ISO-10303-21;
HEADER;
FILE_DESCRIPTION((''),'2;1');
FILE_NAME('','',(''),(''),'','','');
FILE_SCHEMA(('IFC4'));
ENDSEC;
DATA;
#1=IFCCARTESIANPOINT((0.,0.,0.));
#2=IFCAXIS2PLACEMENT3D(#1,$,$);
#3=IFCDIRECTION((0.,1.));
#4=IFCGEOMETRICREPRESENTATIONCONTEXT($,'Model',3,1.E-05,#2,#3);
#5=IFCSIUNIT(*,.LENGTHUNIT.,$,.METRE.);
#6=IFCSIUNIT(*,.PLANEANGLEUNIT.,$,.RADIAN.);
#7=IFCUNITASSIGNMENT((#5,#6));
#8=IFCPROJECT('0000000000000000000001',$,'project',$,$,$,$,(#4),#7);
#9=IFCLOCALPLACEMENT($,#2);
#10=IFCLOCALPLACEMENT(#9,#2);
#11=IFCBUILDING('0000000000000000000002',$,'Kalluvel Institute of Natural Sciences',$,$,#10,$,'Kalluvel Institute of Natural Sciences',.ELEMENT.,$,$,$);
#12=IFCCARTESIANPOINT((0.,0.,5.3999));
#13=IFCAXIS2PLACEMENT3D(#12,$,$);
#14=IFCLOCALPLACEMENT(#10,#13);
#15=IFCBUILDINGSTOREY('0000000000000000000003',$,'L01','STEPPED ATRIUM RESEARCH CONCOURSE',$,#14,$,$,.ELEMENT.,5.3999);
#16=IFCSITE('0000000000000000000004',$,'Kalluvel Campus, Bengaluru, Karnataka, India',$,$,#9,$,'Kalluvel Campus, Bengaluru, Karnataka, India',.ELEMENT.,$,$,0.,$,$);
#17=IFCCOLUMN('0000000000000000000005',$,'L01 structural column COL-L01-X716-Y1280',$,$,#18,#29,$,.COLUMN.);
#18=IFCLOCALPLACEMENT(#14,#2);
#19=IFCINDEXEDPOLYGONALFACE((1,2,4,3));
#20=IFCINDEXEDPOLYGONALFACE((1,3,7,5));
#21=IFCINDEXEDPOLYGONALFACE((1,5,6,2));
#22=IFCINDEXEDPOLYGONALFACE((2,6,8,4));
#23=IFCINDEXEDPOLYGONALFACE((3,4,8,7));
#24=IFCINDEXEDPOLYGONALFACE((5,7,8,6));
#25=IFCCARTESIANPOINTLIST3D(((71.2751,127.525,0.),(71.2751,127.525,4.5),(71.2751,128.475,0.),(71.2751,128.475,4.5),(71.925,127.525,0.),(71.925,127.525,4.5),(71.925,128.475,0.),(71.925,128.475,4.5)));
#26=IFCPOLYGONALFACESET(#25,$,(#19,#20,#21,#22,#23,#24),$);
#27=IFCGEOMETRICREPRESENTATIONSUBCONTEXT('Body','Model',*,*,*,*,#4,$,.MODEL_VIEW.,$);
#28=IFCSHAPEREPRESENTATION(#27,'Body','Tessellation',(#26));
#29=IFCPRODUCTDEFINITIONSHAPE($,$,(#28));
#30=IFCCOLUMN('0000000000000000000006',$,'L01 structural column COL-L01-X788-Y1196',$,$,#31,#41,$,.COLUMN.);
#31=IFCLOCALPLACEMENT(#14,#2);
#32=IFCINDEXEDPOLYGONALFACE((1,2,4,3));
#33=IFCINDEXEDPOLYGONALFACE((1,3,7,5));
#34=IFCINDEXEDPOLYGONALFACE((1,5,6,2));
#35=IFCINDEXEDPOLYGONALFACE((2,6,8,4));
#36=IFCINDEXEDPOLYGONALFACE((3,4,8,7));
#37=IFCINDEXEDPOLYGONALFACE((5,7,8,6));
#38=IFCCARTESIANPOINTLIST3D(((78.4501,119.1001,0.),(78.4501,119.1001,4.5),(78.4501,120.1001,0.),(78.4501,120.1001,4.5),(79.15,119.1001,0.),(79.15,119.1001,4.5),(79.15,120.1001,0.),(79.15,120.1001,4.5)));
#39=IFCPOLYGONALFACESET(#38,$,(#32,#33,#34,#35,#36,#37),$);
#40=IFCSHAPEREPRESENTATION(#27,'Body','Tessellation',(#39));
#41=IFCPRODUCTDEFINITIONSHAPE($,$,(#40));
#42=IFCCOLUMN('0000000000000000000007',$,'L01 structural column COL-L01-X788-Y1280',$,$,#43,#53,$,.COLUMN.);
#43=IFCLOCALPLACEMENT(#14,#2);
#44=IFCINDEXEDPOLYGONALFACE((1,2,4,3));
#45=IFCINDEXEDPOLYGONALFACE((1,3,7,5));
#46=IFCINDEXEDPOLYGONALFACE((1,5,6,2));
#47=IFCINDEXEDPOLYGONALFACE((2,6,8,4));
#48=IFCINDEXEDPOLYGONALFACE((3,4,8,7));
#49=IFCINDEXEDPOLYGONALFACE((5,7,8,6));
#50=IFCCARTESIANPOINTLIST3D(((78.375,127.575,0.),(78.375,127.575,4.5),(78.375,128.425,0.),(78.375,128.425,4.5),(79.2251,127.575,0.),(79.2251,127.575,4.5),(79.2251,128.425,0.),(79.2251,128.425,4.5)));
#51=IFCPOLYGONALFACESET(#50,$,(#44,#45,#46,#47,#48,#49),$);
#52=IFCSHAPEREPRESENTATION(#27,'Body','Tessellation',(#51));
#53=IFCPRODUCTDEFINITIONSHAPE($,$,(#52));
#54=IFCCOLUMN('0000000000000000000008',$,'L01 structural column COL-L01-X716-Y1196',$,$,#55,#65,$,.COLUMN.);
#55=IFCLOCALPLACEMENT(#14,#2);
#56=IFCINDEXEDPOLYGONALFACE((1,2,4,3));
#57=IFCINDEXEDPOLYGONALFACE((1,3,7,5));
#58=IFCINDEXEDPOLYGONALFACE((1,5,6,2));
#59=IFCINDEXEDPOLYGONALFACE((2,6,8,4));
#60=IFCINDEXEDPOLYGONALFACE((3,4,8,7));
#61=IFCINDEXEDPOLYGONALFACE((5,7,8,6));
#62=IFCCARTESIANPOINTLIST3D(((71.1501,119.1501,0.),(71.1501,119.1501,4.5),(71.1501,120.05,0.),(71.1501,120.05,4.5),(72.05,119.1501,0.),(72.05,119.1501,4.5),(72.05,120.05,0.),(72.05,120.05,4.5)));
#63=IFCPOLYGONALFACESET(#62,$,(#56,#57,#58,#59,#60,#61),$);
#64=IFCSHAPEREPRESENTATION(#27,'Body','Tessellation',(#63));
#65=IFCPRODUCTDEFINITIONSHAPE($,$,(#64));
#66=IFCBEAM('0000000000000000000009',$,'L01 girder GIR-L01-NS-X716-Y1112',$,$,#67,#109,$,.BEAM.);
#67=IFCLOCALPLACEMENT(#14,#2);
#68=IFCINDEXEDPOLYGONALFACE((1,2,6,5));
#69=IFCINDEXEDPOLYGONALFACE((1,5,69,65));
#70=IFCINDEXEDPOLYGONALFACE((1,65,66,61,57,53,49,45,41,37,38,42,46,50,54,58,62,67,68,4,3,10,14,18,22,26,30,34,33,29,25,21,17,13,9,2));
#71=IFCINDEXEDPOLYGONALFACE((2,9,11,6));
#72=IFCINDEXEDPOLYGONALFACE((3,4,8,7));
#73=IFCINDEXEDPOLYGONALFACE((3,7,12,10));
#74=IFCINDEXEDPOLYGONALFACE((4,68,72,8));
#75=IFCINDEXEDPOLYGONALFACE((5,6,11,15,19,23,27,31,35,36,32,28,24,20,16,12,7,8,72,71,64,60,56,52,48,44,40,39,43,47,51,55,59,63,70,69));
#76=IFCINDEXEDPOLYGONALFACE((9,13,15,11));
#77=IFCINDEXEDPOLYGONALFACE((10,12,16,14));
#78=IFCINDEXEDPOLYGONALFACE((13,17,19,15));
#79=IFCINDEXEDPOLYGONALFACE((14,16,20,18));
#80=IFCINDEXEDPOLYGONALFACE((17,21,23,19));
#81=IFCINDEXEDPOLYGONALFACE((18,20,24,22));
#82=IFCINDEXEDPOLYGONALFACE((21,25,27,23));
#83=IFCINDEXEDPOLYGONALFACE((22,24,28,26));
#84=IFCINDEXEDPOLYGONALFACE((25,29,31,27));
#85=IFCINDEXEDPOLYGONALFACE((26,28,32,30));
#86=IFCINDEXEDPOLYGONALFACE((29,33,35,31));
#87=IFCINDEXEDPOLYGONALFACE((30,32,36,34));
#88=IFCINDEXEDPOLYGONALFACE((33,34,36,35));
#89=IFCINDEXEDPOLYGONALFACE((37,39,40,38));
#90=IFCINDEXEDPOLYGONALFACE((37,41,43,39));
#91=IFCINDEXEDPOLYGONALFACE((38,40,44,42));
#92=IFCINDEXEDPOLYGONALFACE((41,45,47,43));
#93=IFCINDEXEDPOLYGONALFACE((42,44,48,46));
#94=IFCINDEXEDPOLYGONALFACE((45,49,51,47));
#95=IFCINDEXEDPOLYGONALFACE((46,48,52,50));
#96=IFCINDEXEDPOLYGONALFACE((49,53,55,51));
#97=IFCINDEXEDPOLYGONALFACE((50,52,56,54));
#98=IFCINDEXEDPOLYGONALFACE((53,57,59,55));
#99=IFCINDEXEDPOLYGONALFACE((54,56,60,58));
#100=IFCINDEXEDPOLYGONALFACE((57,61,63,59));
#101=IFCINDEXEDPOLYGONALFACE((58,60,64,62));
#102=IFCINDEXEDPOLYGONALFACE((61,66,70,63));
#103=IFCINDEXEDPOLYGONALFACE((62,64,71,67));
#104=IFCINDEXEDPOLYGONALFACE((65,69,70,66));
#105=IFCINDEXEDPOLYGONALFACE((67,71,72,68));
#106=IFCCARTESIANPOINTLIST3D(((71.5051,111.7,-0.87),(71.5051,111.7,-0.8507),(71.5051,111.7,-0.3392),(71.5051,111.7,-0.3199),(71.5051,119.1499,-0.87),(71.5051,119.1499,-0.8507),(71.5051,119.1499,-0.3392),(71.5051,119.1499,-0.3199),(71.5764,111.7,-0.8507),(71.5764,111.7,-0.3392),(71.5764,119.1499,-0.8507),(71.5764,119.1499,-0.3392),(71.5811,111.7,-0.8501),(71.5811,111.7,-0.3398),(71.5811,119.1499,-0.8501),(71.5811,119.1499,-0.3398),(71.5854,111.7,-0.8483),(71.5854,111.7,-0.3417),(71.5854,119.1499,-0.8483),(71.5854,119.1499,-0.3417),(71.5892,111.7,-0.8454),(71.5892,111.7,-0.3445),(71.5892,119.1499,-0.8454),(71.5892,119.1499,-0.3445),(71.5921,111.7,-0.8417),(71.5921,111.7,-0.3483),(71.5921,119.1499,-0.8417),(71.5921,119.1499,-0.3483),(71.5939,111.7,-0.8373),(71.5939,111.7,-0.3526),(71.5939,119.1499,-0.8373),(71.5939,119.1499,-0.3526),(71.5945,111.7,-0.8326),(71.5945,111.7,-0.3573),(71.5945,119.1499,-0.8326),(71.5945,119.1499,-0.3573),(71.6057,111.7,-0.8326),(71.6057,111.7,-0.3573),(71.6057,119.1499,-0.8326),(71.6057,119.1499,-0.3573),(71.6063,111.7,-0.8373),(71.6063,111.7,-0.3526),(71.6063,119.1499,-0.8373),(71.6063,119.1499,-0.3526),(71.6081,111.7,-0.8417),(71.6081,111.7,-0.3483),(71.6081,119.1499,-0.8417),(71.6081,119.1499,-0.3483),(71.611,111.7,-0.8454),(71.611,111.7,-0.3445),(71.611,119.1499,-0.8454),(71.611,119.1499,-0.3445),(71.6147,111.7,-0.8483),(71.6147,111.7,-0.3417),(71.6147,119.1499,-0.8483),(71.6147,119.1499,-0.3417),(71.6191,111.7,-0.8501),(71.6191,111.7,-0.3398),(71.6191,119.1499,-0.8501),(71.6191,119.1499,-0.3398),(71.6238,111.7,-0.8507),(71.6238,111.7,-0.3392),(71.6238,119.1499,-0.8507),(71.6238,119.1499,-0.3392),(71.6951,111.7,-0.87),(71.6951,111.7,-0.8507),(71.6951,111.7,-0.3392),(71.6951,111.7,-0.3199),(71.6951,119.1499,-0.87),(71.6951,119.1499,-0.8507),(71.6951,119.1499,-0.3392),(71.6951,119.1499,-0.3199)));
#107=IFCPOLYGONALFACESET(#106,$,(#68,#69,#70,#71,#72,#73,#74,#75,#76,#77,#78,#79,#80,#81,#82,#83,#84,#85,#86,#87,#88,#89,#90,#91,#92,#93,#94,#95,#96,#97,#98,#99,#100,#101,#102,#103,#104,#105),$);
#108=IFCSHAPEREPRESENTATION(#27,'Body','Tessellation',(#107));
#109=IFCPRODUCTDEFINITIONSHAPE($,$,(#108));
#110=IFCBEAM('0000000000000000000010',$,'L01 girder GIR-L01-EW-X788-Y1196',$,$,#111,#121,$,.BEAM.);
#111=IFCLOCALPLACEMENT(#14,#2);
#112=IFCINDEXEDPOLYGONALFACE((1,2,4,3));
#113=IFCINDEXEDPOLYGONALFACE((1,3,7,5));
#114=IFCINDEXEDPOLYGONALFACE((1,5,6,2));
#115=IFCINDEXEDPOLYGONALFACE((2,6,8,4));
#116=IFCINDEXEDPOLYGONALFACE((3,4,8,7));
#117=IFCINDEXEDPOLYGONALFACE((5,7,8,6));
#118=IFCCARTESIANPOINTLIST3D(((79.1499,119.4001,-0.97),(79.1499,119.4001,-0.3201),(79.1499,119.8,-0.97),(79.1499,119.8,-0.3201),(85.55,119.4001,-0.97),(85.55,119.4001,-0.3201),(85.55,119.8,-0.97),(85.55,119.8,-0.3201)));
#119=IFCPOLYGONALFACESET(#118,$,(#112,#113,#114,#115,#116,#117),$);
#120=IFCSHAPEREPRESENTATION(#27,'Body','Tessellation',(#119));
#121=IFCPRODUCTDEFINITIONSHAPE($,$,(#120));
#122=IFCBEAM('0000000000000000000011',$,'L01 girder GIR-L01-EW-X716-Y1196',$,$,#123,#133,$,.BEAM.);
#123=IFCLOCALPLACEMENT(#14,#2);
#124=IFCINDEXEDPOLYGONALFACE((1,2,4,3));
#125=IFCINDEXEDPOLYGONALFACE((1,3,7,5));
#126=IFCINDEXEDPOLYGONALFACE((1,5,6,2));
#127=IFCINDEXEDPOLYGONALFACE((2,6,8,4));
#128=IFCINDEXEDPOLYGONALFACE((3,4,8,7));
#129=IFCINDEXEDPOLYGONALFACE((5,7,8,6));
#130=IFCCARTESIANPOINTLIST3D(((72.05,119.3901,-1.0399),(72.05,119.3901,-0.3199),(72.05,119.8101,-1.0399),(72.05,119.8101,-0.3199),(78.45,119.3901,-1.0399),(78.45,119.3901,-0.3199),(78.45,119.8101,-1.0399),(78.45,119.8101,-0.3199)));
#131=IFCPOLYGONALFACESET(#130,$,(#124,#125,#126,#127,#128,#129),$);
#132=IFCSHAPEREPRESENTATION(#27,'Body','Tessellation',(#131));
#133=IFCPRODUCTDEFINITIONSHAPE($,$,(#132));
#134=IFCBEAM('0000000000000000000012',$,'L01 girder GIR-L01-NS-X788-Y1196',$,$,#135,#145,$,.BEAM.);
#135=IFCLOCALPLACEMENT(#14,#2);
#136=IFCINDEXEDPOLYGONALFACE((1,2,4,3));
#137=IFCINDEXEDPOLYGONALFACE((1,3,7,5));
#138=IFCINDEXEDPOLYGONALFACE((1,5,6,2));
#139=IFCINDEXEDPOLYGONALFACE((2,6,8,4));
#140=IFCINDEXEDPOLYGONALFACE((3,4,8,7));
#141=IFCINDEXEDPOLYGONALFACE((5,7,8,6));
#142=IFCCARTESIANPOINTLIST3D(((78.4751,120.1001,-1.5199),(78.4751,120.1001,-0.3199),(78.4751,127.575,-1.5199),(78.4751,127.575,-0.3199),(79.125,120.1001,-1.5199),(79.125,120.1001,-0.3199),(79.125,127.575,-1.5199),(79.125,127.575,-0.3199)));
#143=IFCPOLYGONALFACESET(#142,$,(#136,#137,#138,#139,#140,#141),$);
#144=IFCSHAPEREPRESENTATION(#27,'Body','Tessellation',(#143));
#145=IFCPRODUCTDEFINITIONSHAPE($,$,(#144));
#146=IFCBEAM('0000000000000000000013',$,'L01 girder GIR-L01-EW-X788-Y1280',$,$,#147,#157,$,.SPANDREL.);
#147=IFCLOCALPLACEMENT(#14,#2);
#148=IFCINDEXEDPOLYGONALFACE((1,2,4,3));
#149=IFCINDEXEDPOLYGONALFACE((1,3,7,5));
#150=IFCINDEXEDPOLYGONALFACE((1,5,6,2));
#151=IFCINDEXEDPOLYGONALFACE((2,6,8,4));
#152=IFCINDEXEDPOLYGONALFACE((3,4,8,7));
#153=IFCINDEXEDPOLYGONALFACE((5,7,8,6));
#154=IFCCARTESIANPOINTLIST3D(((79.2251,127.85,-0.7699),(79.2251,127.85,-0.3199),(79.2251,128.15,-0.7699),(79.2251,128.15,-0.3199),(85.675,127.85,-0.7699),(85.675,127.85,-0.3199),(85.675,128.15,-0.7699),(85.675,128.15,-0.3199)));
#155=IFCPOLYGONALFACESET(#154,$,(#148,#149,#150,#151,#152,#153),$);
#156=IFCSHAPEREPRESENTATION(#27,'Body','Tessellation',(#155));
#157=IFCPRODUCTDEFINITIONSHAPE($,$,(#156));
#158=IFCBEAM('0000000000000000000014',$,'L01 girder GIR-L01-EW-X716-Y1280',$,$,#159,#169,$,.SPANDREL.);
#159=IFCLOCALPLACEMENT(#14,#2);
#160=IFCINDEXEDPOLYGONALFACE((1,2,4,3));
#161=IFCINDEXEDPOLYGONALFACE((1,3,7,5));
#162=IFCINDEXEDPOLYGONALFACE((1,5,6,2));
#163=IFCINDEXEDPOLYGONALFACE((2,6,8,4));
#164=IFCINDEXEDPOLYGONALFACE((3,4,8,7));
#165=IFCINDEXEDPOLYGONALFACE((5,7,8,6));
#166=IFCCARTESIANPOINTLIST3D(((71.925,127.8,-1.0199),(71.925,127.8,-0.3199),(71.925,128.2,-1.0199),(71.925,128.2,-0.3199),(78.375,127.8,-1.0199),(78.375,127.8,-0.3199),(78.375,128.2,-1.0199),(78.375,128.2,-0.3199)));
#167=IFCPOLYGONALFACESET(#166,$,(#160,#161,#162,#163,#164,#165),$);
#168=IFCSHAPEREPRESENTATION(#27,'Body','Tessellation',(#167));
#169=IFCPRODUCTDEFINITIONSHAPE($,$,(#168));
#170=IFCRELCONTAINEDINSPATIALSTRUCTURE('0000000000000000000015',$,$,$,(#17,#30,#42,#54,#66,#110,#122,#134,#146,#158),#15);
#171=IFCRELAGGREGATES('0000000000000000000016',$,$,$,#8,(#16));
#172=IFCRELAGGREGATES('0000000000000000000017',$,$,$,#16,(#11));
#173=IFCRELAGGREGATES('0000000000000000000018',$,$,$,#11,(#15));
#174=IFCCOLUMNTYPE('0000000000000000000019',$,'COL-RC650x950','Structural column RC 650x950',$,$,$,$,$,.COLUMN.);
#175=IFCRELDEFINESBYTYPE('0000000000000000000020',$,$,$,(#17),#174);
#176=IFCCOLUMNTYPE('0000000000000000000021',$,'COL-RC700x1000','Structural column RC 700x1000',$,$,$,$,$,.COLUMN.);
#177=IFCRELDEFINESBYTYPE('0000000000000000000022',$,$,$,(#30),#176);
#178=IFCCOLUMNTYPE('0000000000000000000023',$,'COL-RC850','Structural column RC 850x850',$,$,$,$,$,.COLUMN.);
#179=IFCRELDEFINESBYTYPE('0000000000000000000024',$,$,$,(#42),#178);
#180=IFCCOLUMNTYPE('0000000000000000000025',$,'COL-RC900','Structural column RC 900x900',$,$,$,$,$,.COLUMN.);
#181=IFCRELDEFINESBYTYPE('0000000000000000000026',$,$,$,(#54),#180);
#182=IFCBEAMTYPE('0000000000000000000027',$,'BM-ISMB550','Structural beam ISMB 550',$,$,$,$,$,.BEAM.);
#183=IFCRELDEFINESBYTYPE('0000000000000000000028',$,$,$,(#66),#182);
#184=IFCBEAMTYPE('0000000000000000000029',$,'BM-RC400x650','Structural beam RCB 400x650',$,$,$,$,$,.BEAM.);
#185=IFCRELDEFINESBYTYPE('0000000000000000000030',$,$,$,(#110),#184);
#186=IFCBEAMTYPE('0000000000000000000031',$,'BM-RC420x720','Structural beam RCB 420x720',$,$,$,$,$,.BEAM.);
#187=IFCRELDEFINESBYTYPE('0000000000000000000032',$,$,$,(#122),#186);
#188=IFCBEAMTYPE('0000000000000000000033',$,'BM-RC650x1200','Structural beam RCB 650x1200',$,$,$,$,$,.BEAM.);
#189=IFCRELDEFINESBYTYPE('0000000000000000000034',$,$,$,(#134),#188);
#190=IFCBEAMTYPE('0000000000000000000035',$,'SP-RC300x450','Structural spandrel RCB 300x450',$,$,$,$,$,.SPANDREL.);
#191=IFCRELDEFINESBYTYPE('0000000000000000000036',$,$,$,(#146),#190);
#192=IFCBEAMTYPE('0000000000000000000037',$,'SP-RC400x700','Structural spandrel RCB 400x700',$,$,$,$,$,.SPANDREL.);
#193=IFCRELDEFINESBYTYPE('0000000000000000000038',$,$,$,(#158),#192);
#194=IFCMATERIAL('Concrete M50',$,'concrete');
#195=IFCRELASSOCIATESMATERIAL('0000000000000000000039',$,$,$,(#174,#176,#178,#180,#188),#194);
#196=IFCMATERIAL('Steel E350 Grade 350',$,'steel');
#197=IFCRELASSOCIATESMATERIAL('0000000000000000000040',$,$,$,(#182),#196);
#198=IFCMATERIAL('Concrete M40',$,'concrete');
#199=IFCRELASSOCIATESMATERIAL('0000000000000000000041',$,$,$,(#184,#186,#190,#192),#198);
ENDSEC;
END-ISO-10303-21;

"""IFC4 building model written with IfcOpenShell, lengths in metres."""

from ifc_helpers import new_model, si_unit, direction, frame, origin, origin_2d, place, context, subcontext, project, spatial, rectangle, i_section, extrude, material, material_profile, profile_set, type_object, element, save


model = new_model("IFC4")

# Units and contexts
model_context = context("Model", 3, precision=1e-05, world=origin(), true_north=direction((0.0, 1.0)))
body_context = subcontext(model_context, "Body", "Model", "MODEL_VIEW")
ifc_project = project(units=[si_unit("LENGTHUNIT", "METRE"), si_unit("PLANEANGLEUNIT", "RADIAN")], contexts=[model_context])

# Site, building, storey
site_placement = place(None, origin())
site = spatial("IfcSite", under=ifc_project, at=site_placement, Name="Kalluvel Campus, Bengaluru, Karnataka, India", LongName="Kalluvel Campus, Bengaluru, Karnataka, India", CompositionType="ELEMENT", RefElevation=0.0)
building_placement = place(site_placement, origin())
building = spatial("IfcBuilding", under=site, at=building_placement, Name="Kalluvel Institute of Natural Sciences", LongName="Kalluvel Institute of Natural Sciences", CompositionType="ELEMENT")
storey_placement = place(building_placement, frame((0.0, 0.0, 5.3999)))
storey = spatial("IfcBuildingStorey", under=building, at=storey_placement, Name="L01", Description="STEPPED ATRIUM RESEARCH CONCOURSE", CompositionType="ELEMENT", Elevation=5.3999)

# Columns
ifc_material_1 = material(Name="Concrete M50", Category="concrete")
ifc_material_profile_1 = material_profile(ifc_material_1, rectangle(XDim=0.6499, YDim=0.95, at=origin_2d()), Name="RC 650x950")
ifc_profile_set_1 = profile_set([ifc_material_profile_1], Name="Concrete M50")
column_type_1 = type_object("IfcColumnType", Name="COL-RC650x950", Description="Structural column RC 650x950", PredefinedType="COLUMN", material=ifc_profile_set_1)
column_1_placement = place(storey_placement, frame((71.6001, 128.0, 0.0), z_axis=(0.0, 0.0, 1.0), x_axis=(1.0, 0.0, 0.0)))
element("IfcColumn", 1, at=column_1_placement, inside=storey, type_object=column_type_1, Name="L01 structural column COL-L01-X716-Y1280", PredefinedType="COLUMN", context=body_context, shape_type="SweptSolid", body=[
    extrude(rectangle(XDim=0.6499, YDim=0.95, at=origin_2d()), origin(), (0.0, 0.0, 1.0), 4.5),
])
ifc_material_profile_2 = material_profile(ifc_material_1, rectangle(XDim=0.7, YDim=1.0, at=origin_2d()), Name="RC 700x1000")
ifc_profile_set_2 = profile_set([ifc_material_profile_2], Name="Concrete M50")
column_type_2 = type_object("IfcColumnType", Name="COL-RC700x1000", Description="Structural column RC 700x1000", PredefinedType="COLUMN", material=ifc_profile_set_2)
column_2_placement = place(storey_placement, frame((78.8, 119.6001, 0.0), z_axis=(0.0, 0.0, 1.0), x_axis=(1.0, 0.0, 0.0)))
element("IfcColumn", 2, at=column_2_placement, inside=storey, type_object=column_type_2, Name="L01 structural column COL-L01-X788-Y1196", PredefinedType="COLUMN", context=body_context, shape_type="SweptSolid", body=[
    extrude(rectangle(XDim=0.7, YDim=1.0, at=origin_2d()), origin(), (0.0, 0.0, 1.0), 4.5),
])
ifc_material_profile_3 = material_profile(ifc_material_1, rectangle(XDim=0.8501, YDim=0.8501, at=origin_2d()), Name="RC 850x850")
ifc_profile_set_3 = profile_set([ifc_material_profile_3], Name="Concrete M50")
column_type_3 = type_object("IfcColumnType", Name="COL-RC850", Description="Structural column RC 850x850", PredefinedType="COLUMN", material=ifc_profile_set_3)
column_3_placement = place(storey_placement, frame((78.8, 128.0, 0.0), z_axis=(0.0, 0.0, 1.0), x_axis=(1.0, 0.0, 0.0)))
element("IfcColumn", 3, at=column_3_placement, inside=storey, type_object=column_type_3, Name="L01 structural column COL-L01-X788-Y1280", PredefinedType="COLUMN", context=body_context, shape_type="SweptSolid", body=[
    extrude(rectangle(XDim=0.8501, YDim=0.8501, at=origin_2d()), origin(), (0.0, 0.0, 1.0), 4.5),
])
ifc_material_profile_4 = material_profile(ifc_material_1, rectangle(XDim=0.8999, YDim=0.8999, at=origin_2d()), Name="RC 900x900")
ifc_profile_set_4 = profile_set([ifc_material_profile_4], Name="Concrete M50")
column_type_4 = type_object("IfcColumnType", Name="COL-RC900", Description="Structural column RC 900x900", PredefinedType="COLUMN", material=ifc_profile_set_4)
column_4_placement = place(storey_placement, frame((71.6001, 119.6001, 0.0), z_axis=(0.0, 0.0, 1.0), x_axis=(1.0, 0.0, 0.0)))
element("IfcColumn", 4, at=column_4_placement, inside=storey, type_object=column_type_4, Name="L01 structural column COL-L01-X716-Y1196", PredefinedType="COLUMN", context=body_context, shape_type="SweptSolid", body=[
    extrude(rectangle(XDim=0.8999, YDim=0.8999, at=origin_2d()), origin(), (0.0, 0.0, 1.0), 4.5),
])

# Beams
ifc_material_2 = material(Name="Steel E350 Grade 350", Category="steel")
ifc_material_profile_5 = material_profile(ifc_material_2, i_section(OverallWidth=0.1899, OverallDepth=0.55, WebThickness=0.0112, FlangeThickness=0.0193, FilletRadius=0.0181, at=origin_2d()), Name="ISMB 550")
ifc_profile_set_5 = profile_set([ifc_material_profile_5], Name="Steel E350 Grade 350")
beam_type_1 = type_object("IfcBeamType", Name="BM-ISMB550", Description="Structural beam ISMB 550", PredefinedType="BEAM", material=ifc_profile_set_5)
beam_1_placement = place(storey_placement, frame((71.6001, 111.7, -0.595), z_axis=(0.0, 1.0, 0.0), x_axis=(-1.0, 0.0, 0.0)))
element("IfcBeam", 5, at=beam_1_placement, inside=storey, type_object=beam_type_1, Name="L01 girder GIR-L01-NS-X716-Y1112", PredefinedType="BEAM", context=body_context, shape_type="SweptSolid", body=[
    extrude(i_section(OverallWidth=0.1899, OverallDepth=0.55, WebThickness=0.0112, FlangeThickness=0.0193, FilletRadius=0.0181, at=origin_2d()), origin(), (0.0, 0.0, 1.0), 7.45),
])
ifc_material_3 = material(Name="Concrete M40", Category="concrete")
ifc_material_profile_6 = material_profile(ifc_material_3, rectangle(XDim=0.3999, YDim=0.6499, at=origin_2d()), Name="RCB 400x650")
ifc_profile_set_6 = profile_set([ifc_material_profile_6], Name="Concrete M40")
beam_type_2 = type_object("IfcBeamType", Name="BM-RC400x650", Description="Structural beam RCB 400x650", PredefinedType="BEAM", material=ifc_profile_set_6)
beam_2_placement = place(storey_placement, frame((79.1499, 119.6001, -0.645), z_axis=(1.0, 0.0, 0.0), x_axis=(0.0, 1.0, 0.0)))
element("IfcBeam", 6, at=beam_2_placement, inside=storey, type_object=beam_type_2, Name="L01 girder GIR-L01-EW-X788-Y1196", PredefinedType="BEAM", context=body_context, shape_type="SweptSolid", body=[
    extrude(rectangle(XDim=0.3999, YDim=0.6499, at=origin_2d()), origin(), (0.0, 0.0, 1.0), 6.4001),
])
ifc_material_profile_7 = material_profile(ifc_material_3, rectangle(XDim=0.4199, YDim=0.72, at=origin_2d()), Name="RCB 420x720")
ifc_profile_set_7 = profile_set([ifc_material_profile_7], Name="Concrete M40")
beam_type_3 = type_object("IfcBeamType", Name="BM-RC420x720", Description="Structural beam RCB 420x720", PredefinedType="BEAM", material=ifc_profile_set_7)
beam_3_placement = place(storey_placement, frame((72.05, 119.6001, -0.6799), z_axis=(1.0, 0.0, 0.0), x_axis=(0.0, 1.0, 0.0)))
element("IfcBeam", 7, at=beam_3_placement, inside=storey, type_object=beam_type_3, Name="L01 girder GIR-L01-EW-X716-Y1196", PredefinedType="BEAM", context=body_context, shape_type="SweptSolid", body=[
    extrude(rectangle(XDim=0.4199, YDim=0.72, at=origin_2d()), origin(), (0.0, 0.0, 1.0), 6.3999),
])
ifc_material_profile_8 = material_profile(ifc_material_1, rectangle(XDim=0.6499, YDim=1.2, at=origin_2d()), Name="RCB 650x1200")
ifc_profile_set_8 = profile_set([ifc_material_profile_8], Name="Concrete M50")
beam_type_4 = type_object("IfcBeamType", Name="BM-RC650x1200", Description="Structural beam RCB 650x1200", PredefinedType="BEAM", material=ifc_profile_set_8)
beam_4_placement = place(storey_placement, frame((78.8, 120.1001, -0.9199), z_axis=(0.0, 1.0, 0.0), x_axis=(-1.0, 0.0, 0.0)))
element("IfcBeam", 8, at=beam_4_placement, inside=storey, type_object=beam_type_4, Name="L01 girder GIR-L01-NS-X788-Y1196", PredefinedType="BEAM", context=body_context, shape_type="SweptSolid", body=[
    extrude(rectangle(XDim=0.6499, YDim=1.2, at=origin_2d()), origin(), (0.0, 0.0, 1.0), 7.4749),
])
ifc_material_profile_9 = material_profile(ifc_material_3, rectangle(XDim=0.3, YDim=0.45, at=origin_2d()), Name="RCB 300x450")
ifc_profile_set_9 = profile_set([ifc_material_profile_9], Name="Concrete M40")
beam_type_5 = type_object("IfcBeamType", Name="SP-RC300x450", Description="Structural spandrel RCB 300x450", PredefinedType="SPANDREL", material=ifc_profile_set_9)
beam_5_placement = place(storey_placement, frame((79.2251, 128.0, -0.5449), z_axis=(1.0, 0.0, 0.0), x_axis=(0.0, 1.0, 0.0)))
element("IfcBeam", 9, at=beam_5_placement, inside=storey, type_object=beam_type_5, Name="L01 girder GIR-L01-EW-X788-Y1280", PredefinedType="SPANDREL", context=body_context, shape_type="SweptSolid", body=[
    extrude(rectangle(XDim=0.3, YDim=0.45, at=origin_2d()), origin(), (0.0, 0.0, 1.0), 6.45),
])
ifc_material_profile_10 = material_profile(ifc_material_3, rectangle(XDim=0.3999, YDim=0.7, at=origin_2d()), Name="RCB 400x700")
ifc_profile_set_10 = profile_set([ifc_material_profile_10], Name="Concrete M40")
beam_type_6 = type_object("IfcBeamType", Name="SP-RC400x700", Description="Structural spandrel RCB 400x700", PredefinedType="SPANDREL", material=ifc_profile_set_10)
beam_6_placement = place(storey_placement, frame((71.925, 128.0, -0.6699), z_axis=(1.0, 0.0, 0.0), x_axis=(0.0, 1.0, 0.0)))
element("IfcBeam", 10, at=beam_6_placement, inside=storey, type_object=beam_type_6, Name="L01 girder GIR-L01-EW-X716-Y1280", PredefinedType="SPANDREL", context=body_context, shape_type="SweptSolid", body=[
    extrude(rectangle(XDim=0.3999, YDim=0.7, at=origin_2d()), origin(), (0.0, 0.0, 1.0), 6.45),
])

save(model, "model.ifc")
